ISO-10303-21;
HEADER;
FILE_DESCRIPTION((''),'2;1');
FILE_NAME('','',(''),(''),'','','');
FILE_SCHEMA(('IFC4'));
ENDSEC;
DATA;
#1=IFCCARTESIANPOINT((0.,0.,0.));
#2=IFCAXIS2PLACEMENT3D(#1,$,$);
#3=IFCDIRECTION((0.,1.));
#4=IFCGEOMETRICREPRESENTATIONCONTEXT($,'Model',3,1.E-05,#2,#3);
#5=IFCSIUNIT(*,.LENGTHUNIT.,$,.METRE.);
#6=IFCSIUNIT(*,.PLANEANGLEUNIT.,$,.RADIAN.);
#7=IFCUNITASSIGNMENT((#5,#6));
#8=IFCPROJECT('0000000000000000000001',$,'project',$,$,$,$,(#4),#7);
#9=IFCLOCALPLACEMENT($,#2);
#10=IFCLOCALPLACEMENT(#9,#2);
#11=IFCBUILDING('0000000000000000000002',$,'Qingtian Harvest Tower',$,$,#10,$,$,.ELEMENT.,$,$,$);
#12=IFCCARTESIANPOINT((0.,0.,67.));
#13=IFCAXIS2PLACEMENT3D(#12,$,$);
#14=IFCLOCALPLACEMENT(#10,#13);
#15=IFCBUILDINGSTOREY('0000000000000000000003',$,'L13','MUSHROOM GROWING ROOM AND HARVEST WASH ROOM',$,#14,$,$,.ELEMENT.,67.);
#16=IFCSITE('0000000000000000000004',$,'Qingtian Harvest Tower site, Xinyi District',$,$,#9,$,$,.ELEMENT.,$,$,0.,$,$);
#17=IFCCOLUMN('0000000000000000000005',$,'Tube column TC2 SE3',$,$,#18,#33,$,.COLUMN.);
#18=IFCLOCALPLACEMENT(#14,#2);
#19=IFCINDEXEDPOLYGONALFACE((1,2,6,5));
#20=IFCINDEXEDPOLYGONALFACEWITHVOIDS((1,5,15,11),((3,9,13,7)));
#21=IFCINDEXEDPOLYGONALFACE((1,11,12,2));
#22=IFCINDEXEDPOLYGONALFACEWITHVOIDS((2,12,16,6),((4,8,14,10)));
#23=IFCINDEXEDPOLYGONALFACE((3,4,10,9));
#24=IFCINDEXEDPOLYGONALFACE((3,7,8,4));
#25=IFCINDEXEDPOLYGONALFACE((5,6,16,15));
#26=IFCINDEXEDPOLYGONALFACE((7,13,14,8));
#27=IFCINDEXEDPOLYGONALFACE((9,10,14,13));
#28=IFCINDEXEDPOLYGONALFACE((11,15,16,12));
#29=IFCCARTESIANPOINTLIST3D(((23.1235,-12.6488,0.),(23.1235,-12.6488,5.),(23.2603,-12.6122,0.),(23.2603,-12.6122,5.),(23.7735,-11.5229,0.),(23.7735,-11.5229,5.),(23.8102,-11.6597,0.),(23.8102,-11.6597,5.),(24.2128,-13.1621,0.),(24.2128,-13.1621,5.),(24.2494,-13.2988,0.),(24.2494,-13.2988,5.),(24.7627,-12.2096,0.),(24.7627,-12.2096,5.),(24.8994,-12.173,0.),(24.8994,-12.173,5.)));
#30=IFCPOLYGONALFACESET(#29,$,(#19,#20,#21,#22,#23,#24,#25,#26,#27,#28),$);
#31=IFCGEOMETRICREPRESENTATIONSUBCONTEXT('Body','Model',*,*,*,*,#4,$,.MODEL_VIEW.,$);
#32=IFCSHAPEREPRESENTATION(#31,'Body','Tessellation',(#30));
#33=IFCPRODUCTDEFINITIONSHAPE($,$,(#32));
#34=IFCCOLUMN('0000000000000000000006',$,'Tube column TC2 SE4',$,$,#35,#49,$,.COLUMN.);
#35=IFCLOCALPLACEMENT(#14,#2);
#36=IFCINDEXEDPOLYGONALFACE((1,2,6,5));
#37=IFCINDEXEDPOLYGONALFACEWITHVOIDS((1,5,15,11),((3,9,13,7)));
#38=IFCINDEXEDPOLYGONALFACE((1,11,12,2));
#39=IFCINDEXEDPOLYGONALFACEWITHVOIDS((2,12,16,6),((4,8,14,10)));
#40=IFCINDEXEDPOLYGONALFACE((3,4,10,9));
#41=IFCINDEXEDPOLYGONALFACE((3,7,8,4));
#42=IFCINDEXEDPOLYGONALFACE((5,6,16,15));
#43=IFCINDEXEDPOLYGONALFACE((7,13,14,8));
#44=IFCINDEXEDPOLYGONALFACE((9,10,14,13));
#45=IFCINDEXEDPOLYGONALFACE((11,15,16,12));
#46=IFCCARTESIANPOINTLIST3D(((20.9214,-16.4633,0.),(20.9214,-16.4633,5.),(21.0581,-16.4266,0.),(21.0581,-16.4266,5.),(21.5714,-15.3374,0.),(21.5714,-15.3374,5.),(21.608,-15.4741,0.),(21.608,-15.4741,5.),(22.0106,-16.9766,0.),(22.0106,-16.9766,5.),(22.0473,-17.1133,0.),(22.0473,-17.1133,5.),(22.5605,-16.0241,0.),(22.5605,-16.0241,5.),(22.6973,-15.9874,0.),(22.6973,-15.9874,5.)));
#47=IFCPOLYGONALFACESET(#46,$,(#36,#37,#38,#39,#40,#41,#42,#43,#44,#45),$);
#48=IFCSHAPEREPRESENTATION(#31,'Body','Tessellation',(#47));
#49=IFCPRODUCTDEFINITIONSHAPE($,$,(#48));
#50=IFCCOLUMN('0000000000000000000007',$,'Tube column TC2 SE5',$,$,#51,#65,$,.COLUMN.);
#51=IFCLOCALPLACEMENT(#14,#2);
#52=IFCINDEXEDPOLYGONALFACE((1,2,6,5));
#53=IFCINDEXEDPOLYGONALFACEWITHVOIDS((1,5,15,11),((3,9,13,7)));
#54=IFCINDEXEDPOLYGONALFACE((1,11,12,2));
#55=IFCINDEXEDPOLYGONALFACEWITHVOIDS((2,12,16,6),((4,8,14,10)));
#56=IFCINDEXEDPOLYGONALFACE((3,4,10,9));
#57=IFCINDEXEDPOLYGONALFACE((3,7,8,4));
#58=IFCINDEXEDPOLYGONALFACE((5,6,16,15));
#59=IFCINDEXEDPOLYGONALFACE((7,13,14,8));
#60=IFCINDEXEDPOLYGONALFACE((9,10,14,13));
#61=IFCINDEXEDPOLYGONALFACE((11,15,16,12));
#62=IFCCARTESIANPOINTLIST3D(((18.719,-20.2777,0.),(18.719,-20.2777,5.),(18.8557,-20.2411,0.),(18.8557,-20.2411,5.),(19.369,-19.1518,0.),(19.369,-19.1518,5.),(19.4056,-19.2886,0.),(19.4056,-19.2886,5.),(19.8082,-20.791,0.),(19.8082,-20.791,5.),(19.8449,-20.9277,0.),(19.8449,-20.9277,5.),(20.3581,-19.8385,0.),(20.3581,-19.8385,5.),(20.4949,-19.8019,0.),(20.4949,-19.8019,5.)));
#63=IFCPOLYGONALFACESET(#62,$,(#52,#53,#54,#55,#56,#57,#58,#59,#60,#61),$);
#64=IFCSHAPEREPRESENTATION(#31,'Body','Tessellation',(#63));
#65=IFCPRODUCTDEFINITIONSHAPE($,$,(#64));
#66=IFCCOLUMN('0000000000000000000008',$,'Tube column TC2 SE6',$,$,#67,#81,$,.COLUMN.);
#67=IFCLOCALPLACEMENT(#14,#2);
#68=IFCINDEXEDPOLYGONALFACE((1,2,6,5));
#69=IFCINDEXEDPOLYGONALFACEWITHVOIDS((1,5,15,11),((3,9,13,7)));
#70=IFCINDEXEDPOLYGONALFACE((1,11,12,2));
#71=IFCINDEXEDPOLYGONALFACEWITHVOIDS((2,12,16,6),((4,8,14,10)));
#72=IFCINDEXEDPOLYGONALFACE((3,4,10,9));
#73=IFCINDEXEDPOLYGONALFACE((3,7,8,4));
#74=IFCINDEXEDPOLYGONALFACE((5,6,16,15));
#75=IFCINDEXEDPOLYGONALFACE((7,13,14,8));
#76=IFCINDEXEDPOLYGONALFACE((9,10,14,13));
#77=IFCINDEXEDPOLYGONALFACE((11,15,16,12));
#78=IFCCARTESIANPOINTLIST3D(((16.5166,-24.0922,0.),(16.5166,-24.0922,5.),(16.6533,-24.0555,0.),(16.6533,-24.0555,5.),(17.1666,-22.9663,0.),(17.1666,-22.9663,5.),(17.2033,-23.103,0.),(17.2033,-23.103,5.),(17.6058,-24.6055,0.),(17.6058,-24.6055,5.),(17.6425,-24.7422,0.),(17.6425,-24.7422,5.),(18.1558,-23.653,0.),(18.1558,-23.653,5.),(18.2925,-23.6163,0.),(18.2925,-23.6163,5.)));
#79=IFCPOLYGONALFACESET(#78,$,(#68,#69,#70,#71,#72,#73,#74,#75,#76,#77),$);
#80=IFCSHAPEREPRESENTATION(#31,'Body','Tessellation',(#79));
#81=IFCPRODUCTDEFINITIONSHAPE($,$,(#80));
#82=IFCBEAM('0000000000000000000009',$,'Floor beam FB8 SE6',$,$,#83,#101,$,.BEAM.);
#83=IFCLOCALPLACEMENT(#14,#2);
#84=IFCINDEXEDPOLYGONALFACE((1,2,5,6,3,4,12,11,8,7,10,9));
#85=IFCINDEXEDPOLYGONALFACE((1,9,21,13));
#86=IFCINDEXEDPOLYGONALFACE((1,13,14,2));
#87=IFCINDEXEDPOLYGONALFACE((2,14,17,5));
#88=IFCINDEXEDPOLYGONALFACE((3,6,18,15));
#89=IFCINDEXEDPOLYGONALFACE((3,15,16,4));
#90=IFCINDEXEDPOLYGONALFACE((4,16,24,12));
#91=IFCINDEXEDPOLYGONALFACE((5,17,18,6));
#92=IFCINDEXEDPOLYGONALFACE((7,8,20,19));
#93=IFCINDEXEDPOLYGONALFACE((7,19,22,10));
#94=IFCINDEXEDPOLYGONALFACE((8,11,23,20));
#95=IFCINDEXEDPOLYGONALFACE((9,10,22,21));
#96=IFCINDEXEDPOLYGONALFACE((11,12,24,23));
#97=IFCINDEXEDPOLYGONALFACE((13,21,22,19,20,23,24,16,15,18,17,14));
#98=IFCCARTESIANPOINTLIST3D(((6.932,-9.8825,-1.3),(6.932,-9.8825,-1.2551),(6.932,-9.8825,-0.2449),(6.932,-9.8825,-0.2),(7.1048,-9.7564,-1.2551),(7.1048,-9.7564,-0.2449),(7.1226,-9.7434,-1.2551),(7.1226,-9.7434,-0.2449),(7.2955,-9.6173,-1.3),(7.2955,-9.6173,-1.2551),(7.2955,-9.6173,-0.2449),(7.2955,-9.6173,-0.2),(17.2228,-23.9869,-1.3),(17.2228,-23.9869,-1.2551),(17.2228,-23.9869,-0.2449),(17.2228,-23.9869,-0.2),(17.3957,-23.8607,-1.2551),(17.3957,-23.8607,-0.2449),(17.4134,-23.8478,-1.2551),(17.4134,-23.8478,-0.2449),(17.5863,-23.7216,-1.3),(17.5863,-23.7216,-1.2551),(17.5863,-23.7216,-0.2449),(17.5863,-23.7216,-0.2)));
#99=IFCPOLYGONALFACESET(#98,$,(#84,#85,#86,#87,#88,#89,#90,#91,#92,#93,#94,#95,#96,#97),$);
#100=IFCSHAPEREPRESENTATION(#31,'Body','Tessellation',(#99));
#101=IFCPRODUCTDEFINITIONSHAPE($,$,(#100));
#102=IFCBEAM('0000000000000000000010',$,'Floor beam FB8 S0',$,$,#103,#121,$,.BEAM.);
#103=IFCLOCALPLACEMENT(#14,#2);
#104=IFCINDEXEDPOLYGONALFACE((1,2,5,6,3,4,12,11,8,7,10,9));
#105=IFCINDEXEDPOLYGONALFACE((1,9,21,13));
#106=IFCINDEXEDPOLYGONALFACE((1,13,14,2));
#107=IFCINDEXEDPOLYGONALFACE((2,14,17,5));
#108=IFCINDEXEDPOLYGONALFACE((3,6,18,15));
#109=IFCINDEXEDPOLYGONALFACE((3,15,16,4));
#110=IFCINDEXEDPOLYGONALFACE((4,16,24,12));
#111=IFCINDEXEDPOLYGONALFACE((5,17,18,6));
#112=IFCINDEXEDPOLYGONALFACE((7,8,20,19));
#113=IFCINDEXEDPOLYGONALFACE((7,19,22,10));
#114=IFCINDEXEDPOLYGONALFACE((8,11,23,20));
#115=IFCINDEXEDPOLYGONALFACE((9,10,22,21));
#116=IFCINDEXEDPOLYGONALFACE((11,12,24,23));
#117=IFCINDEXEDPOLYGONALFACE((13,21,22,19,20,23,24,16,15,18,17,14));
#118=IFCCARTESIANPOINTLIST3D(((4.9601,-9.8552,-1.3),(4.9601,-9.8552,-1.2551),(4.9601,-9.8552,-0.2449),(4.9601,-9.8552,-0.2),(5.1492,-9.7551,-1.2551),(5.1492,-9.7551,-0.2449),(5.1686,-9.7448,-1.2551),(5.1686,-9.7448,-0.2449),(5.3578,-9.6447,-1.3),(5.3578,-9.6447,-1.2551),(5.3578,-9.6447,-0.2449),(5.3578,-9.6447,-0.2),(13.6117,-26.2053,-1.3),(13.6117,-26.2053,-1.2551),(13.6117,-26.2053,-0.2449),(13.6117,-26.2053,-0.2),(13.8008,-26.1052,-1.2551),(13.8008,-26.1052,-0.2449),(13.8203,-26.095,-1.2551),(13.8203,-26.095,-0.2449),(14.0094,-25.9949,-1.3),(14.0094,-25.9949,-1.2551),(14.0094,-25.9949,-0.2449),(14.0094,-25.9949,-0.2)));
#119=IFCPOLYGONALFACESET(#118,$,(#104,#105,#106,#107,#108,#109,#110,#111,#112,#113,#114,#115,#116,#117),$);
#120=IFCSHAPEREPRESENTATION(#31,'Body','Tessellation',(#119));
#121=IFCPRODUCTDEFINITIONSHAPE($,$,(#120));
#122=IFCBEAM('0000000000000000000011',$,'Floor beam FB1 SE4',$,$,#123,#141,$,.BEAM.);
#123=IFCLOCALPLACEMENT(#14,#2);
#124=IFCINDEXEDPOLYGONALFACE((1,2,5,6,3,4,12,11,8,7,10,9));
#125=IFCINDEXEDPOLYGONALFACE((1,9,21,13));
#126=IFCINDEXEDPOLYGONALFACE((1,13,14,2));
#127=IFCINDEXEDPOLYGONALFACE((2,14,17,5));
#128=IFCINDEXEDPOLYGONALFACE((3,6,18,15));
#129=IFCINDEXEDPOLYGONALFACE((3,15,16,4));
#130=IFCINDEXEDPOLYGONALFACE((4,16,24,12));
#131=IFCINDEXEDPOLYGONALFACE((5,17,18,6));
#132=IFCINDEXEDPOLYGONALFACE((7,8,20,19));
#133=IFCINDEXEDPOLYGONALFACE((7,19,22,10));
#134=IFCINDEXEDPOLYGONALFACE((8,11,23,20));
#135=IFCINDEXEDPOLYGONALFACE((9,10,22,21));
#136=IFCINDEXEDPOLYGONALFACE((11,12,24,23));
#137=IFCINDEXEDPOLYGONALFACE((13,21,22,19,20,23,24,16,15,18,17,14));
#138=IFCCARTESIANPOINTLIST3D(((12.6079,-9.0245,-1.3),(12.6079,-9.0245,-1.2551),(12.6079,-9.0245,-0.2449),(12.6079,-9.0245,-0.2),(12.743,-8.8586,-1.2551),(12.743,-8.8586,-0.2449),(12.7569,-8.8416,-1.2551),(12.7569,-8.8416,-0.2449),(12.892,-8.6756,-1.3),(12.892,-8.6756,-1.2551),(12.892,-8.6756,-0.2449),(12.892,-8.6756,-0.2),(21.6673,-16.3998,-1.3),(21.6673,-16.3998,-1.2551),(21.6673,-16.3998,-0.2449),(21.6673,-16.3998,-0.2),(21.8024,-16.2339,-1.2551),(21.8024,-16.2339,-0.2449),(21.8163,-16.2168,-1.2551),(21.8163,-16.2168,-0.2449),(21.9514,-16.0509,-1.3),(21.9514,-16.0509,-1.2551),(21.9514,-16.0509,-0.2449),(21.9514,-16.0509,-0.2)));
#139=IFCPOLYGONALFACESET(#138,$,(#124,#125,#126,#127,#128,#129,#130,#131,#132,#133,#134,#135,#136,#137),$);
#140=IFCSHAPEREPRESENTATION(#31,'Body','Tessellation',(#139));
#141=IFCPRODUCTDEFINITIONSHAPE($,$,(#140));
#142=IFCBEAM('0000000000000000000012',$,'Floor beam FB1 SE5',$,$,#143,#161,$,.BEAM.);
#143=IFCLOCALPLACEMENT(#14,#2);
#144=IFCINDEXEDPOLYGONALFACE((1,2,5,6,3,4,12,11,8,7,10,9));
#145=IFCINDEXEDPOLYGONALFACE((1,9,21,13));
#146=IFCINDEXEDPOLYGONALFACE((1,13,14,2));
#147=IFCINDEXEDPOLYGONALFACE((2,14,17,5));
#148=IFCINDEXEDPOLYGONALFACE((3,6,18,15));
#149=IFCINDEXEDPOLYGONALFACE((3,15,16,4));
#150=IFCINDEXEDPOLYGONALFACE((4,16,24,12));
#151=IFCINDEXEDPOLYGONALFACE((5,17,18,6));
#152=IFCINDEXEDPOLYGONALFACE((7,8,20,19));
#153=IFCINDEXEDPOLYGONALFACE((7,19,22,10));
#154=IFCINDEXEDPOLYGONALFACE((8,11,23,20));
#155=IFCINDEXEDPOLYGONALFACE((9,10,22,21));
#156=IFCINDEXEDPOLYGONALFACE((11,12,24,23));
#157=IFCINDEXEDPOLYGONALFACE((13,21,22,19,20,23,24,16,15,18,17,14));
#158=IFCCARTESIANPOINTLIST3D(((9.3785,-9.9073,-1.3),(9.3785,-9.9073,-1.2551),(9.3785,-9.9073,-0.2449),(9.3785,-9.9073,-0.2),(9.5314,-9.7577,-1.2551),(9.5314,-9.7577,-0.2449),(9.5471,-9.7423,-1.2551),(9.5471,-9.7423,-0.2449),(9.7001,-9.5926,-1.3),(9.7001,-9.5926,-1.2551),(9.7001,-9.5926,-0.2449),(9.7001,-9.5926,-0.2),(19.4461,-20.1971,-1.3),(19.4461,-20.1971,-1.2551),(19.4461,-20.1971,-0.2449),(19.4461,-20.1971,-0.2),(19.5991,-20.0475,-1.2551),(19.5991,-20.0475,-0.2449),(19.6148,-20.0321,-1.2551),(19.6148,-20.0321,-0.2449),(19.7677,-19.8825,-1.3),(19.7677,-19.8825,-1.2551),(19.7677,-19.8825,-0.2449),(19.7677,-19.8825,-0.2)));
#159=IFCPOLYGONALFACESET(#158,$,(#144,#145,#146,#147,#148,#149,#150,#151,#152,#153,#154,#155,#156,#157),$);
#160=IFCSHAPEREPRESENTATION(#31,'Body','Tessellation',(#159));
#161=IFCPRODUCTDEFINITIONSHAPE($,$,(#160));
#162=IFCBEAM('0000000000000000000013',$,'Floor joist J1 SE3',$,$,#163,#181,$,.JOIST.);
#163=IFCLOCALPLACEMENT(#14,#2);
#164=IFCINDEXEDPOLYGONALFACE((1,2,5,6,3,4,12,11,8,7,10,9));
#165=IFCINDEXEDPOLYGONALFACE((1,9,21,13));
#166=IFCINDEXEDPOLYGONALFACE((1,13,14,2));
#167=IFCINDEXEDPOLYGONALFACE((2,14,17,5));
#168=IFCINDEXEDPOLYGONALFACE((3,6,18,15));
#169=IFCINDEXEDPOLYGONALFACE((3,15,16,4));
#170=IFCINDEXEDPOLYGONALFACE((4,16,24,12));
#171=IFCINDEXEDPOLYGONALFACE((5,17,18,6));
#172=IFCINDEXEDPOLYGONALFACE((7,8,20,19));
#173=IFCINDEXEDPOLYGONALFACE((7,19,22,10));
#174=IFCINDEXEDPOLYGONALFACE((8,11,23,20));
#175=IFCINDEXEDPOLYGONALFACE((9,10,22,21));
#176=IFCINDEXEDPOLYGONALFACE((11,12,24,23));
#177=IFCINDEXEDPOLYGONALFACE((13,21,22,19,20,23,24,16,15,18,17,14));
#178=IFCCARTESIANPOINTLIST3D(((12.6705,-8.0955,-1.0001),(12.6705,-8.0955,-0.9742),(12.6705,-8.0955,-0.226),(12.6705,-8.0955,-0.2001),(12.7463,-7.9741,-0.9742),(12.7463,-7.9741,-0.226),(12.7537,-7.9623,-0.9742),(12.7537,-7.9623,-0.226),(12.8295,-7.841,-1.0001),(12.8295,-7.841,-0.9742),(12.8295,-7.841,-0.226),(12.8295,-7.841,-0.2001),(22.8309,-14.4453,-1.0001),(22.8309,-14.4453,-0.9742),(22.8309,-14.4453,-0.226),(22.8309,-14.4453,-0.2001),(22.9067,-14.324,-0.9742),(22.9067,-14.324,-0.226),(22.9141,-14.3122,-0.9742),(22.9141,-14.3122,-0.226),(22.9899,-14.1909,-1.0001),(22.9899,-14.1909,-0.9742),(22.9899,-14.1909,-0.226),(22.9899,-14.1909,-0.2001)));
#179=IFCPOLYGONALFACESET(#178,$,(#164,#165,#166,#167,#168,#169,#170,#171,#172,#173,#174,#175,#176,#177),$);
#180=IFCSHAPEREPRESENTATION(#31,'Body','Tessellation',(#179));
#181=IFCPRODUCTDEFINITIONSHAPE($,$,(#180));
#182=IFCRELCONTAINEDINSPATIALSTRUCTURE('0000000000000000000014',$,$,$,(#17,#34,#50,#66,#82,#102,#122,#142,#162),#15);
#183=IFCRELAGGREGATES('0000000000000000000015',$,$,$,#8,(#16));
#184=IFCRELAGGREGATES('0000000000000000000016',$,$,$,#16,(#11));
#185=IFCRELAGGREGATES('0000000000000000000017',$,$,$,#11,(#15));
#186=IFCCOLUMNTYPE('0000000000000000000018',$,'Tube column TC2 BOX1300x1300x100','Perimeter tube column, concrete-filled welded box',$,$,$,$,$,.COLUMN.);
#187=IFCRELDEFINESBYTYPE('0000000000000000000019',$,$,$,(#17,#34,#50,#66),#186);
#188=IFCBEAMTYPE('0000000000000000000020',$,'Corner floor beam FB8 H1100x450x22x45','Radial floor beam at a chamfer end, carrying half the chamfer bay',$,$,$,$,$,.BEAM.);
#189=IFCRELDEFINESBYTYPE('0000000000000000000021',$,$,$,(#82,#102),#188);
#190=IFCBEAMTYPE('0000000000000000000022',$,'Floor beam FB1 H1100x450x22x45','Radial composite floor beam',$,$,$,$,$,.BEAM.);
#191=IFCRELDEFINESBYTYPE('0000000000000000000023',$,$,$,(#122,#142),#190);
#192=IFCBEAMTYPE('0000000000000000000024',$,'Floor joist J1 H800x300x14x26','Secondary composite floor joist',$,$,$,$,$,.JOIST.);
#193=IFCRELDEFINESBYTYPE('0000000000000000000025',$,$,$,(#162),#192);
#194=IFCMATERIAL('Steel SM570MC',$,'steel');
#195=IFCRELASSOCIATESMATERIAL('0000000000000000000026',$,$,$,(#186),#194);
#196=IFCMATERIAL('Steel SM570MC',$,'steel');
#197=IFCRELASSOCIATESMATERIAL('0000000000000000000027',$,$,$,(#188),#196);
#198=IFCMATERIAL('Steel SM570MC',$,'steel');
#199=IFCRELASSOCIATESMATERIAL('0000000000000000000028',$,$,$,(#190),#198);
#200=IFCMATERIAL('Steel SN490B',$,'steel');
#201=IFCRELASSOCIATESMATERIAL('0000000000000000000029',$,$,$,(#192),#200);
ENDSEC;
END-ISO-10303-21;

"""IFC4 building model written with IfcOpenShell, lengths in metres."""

from ifc_helpers import new_model, si_unit, direction, frame, origin, origin_2d, place, context, subcontext, project, spatial, hollow_rectangle, i_section, extrude, material, material_profile, profile_set, type_object, element, save


model = new_model("IFC4")

# Units and contexts
model_context = context("Model", 3, precision=1e-05, world=origin(), true_north=direction((0.0, 1.0)))
body_context = subcontext(model_context, "Body", "Model", "MODEL_VIEW")
ifc_project = project(units=[si_unit("LENGTHUNIT", "METRE"), si_unit("PLANEANGLEUNIT", "RADIAN")], contexts=[model_context])

# Site, building, storey
site_placement = place(None, origin())
site = spatial("IfcSite", under=ifc_project, at=site_placement, Name="Qingtian Harvest Tower site, Xinyi District", CompositionType="ELEMENT", RefElevation=0.0)
building_placement = place(site_placement, origin())
building = spatial("IfcBuilding", under=site, at=building_placement, Name="Qingtian Harvest Tower", CompositionType="ELEMENT")
storey_placement = place(building_placement, frame((0.0, 0.0, 67.0)))
storey = spatial("IfcBuildingStorey", under=building, at=storey_placement, Name="L13", Description="MUSHROOM GROWING ROOM AND HARVEST WASH ROOM", CompositionType="ELEMENT", Elevation=67.0)

# Columns
ifc_material_1 = material(Name="Steel SM570MC", Category="steel")
ifc_material_profile_1 = material_profile(ifc_material_1, hollow_rectangle(XDim=1.3, YDim=1.3, WallThickness=0.1001, at=origin_2d()), Name="BOX1300x1300x100")
ifc_profile_set_1 = profile_set([ifc_material_profile_1], Name="Steel SM570MC")
column_type = type_object("IfcColumnType", Name="Tube column TC2 BOX1300x1300x100", Description="Perimeter tube column, concrete-filled welded box", PredefinedType="COLUMN", material=ifc_profile_set_1)
for number, where, z_axis, x_axis, name in (
    (1, (24.0115, -12.4109, 0.0), (0.0, 0.0, 1.0), (0.5, 0.866025, 0.0), "Tube column TC2 SE3"),
    (2, (21.8093, -16.2253, 0.0), (0.0, 0.0, 1.0), (0.5, 0.866025, 0.0), "Tube column TC2 SE4"),
    (3, (19.6069, -20.0398, 0.0), (0.0, 0.0, 1.0), (0.5, 0.866025, 0.0), "Tube column TC2 SE5"),
    (4, (17.4045, -23.8542, 0.0), (0.0, 0.0, 1.0), (0.5, 0.866025, 0.0), "Tube column TC2 SE6"),
):
    element("IfcColumn", number, at=place(storey_placement, frame(where, z_axis=z_axis, x_axis=x_axis)), inside=storey, type_object=column_type, Name=name, PredefinedType="COLUMN", context=body_context, shape_type="SweptSolid", body=[
        extrude(hollow_rectangle(XDim=1.3, YDim=1.3, WallThickness=0.1001, at=origin_2d()), origin(), (0.0, 0.0, 1.0), 5.0),
    ])

# Beams
ifc_material_2 = material(Name="Steel SM570MC", Category="steel")
ifc_material_profile_2 = material_profile(ifc_material_2, i_section(OverallWidth=0.45, OverallDepth=1.1001, WebThickness=0.022, FlangeThickness=0.0449, at=origin_2d()), Name="H1100x450x22x45")
ifc_profile_set_2 = profile_set([ifc_material_profile_2], Name="Steel SM570MC")
beam_type_1 = type_object("IfcBeamType", Name="Corner floor beam FB8 H1100x450x22x45", Description="Radial floor beam at a chamfer end, carrying half the chamfer bay", PredefinedType="BEAM", material=ifc_profile_set_2)
beam_1_placement = place(storey_placement, frame((17.4045, -23.8542, -0.75), z_axis=(-0.589412, 0.807832, 0.0), x_axis=(-0.807832, -0.589412, 0.0)))
element("IfcBeam", 5, at=beam_1_placement, inside=storey, type_object=beam_type_1, Name="Floor beam FB8 SE6", PredefinedType="BEAM", context=body_context, shape_type="SweptSolid", body=[
    extrude(i_section(OverallWidth=0.45, OverallDepth=1.1001, WebThickness=0.022, FlangeThickness=0.0449, at=origin_2d()), origin(), (0.0, 0.0, 1.0), 17.4595),
])
beam_2_placement = place(storey_placement, frame((13.8105, -26.1001, -0.75), z_axis=(-0.467705, 0.883885, 0.0), x_axis=(-0.883885, -0.467705, 0.0)))
element("IfcBeam", 6, at=beam_2_placement, inside=storey, type_object=beam_type_1, Name="Floor beam FB8 S0", PredefinedType="BEAM", context=body_context, shape_type="SweptSolid", body=[
    extrude(i_section(OverallWidth=0.45, OverallDepth=1.1001, WebThickness=0.022, FlangeThickness=0.0449, at=origin_2d()), origin(), (0.0, 0.0, 1.0), 18.498),
])
ifc_material_3 = material(Name="Steel SM570MC", Category="steel")
ifc_material_profile_3 = material_profile(ifc_material_3, i_section(OverallWidth=0.45, OverallDepth=1.1001, WebThickness=0.022, FlangeThickness=0.0449, at=origin_2d()), Name="H1100x450x22x45")
ifc_profile_set_3 = profile_set([ifc_material_profile_3], Name="Steel SM570MC")
beam_type_2 = type_object("IfcBeamType", Name="Floor beam FB1 H1100x450x22x45", Description="Radial composite floor beam", PredefinedType="BEAM", material=ifc_profile_set_3)
beam_3_placement = place(storey_placement, frame((21.8093, -16.2253, -0.75), z_axis=(-0.775504, 0.631342, 0.0), x_axis=(-0.631342, -0.775504, 0.0)))
element("IfcBeam", 7, at=beam_3_placement, inside=storey, type_object=beam_type_2, Name="Floor beam FB1 SE4", PredefinedType="BEAM", context=body_context, shape_type="SweptSolid", body=[
    extrude(i_section(OverallWidth=0.45, OverallDepth=1.1001, WebThickness=0.022, FlangeThickness=0.0449, at=origin_2d()), origin(), (0.0, 0.0, 1.0), 11.6819),
])
beam_4_placement = place(storey_placement, frame((19.6069, -20.0398, -0.75), z_axis=(-0.699348, 0.714781, 0.0), x_axis=(-0.714781, -0.699348, 0.0)))
element("IfcBeam", 8, at=beam_4_placement, inside=storey, type_object=beam_type_2, Name="Floor beam FB1 SE5", PredefinedType="BEAM", context=body_context, shape_type="SweptSolid", body=[
    extrude(i_section(OverallWidth=0.45, OverallDepth=1.1001, WebThickness=0.022, FlangeThickness=0.0449, at=origin_2d()), origin(), (0.0, 0.0, 1.0), 14.3958),
])
ifc_material_4 = material(Name="Steel SN490B", Category="steel")
ifc_material_profile_4 = material_profile(ifc_material_4, i_section(OverallWidth=0.3, OverallDepth=0.8, WebThickness=0.0139, FlangeThickness=0.0259, at=origin_2d()), Name="H800x300x14x26")
ifc_profile_set_4 = profile_set([ifc_material_profile_4], Name="Steel SN490B")
beam_type_3 = type_object("IfcBeamType", Name="Floor joist J1 H800x300x14x26", Description="Secondary composite floor joist", PredefinedType="JOIST", material=ifc_profile_set_4)
beam_5_placement = place(storey_placement, frame((22.9104, -14.3181, -0.6001), z_axis=(-0.848013, 0.529975, 0.0), x_axis=(-0.529975, -0.848013, 0.0)))
element("IfcBeam", 9, at=beam_5_placement, inside=storey, type_object=beam_type_3, Name="Floor joist J1 SE3", PredefinedType="JOIST", context=body_context, shape_type="SweptSolid", body=[
    extrude(i_section(OverallWidth=0.3, OverallDepth=0.8, WebThickness=0.0139, FlangeThickness=0.0259, at=origin_2d()), origin(), (0.0, 0.0, 1.0), 11.9814),
])

save(model, "model.ifc")
